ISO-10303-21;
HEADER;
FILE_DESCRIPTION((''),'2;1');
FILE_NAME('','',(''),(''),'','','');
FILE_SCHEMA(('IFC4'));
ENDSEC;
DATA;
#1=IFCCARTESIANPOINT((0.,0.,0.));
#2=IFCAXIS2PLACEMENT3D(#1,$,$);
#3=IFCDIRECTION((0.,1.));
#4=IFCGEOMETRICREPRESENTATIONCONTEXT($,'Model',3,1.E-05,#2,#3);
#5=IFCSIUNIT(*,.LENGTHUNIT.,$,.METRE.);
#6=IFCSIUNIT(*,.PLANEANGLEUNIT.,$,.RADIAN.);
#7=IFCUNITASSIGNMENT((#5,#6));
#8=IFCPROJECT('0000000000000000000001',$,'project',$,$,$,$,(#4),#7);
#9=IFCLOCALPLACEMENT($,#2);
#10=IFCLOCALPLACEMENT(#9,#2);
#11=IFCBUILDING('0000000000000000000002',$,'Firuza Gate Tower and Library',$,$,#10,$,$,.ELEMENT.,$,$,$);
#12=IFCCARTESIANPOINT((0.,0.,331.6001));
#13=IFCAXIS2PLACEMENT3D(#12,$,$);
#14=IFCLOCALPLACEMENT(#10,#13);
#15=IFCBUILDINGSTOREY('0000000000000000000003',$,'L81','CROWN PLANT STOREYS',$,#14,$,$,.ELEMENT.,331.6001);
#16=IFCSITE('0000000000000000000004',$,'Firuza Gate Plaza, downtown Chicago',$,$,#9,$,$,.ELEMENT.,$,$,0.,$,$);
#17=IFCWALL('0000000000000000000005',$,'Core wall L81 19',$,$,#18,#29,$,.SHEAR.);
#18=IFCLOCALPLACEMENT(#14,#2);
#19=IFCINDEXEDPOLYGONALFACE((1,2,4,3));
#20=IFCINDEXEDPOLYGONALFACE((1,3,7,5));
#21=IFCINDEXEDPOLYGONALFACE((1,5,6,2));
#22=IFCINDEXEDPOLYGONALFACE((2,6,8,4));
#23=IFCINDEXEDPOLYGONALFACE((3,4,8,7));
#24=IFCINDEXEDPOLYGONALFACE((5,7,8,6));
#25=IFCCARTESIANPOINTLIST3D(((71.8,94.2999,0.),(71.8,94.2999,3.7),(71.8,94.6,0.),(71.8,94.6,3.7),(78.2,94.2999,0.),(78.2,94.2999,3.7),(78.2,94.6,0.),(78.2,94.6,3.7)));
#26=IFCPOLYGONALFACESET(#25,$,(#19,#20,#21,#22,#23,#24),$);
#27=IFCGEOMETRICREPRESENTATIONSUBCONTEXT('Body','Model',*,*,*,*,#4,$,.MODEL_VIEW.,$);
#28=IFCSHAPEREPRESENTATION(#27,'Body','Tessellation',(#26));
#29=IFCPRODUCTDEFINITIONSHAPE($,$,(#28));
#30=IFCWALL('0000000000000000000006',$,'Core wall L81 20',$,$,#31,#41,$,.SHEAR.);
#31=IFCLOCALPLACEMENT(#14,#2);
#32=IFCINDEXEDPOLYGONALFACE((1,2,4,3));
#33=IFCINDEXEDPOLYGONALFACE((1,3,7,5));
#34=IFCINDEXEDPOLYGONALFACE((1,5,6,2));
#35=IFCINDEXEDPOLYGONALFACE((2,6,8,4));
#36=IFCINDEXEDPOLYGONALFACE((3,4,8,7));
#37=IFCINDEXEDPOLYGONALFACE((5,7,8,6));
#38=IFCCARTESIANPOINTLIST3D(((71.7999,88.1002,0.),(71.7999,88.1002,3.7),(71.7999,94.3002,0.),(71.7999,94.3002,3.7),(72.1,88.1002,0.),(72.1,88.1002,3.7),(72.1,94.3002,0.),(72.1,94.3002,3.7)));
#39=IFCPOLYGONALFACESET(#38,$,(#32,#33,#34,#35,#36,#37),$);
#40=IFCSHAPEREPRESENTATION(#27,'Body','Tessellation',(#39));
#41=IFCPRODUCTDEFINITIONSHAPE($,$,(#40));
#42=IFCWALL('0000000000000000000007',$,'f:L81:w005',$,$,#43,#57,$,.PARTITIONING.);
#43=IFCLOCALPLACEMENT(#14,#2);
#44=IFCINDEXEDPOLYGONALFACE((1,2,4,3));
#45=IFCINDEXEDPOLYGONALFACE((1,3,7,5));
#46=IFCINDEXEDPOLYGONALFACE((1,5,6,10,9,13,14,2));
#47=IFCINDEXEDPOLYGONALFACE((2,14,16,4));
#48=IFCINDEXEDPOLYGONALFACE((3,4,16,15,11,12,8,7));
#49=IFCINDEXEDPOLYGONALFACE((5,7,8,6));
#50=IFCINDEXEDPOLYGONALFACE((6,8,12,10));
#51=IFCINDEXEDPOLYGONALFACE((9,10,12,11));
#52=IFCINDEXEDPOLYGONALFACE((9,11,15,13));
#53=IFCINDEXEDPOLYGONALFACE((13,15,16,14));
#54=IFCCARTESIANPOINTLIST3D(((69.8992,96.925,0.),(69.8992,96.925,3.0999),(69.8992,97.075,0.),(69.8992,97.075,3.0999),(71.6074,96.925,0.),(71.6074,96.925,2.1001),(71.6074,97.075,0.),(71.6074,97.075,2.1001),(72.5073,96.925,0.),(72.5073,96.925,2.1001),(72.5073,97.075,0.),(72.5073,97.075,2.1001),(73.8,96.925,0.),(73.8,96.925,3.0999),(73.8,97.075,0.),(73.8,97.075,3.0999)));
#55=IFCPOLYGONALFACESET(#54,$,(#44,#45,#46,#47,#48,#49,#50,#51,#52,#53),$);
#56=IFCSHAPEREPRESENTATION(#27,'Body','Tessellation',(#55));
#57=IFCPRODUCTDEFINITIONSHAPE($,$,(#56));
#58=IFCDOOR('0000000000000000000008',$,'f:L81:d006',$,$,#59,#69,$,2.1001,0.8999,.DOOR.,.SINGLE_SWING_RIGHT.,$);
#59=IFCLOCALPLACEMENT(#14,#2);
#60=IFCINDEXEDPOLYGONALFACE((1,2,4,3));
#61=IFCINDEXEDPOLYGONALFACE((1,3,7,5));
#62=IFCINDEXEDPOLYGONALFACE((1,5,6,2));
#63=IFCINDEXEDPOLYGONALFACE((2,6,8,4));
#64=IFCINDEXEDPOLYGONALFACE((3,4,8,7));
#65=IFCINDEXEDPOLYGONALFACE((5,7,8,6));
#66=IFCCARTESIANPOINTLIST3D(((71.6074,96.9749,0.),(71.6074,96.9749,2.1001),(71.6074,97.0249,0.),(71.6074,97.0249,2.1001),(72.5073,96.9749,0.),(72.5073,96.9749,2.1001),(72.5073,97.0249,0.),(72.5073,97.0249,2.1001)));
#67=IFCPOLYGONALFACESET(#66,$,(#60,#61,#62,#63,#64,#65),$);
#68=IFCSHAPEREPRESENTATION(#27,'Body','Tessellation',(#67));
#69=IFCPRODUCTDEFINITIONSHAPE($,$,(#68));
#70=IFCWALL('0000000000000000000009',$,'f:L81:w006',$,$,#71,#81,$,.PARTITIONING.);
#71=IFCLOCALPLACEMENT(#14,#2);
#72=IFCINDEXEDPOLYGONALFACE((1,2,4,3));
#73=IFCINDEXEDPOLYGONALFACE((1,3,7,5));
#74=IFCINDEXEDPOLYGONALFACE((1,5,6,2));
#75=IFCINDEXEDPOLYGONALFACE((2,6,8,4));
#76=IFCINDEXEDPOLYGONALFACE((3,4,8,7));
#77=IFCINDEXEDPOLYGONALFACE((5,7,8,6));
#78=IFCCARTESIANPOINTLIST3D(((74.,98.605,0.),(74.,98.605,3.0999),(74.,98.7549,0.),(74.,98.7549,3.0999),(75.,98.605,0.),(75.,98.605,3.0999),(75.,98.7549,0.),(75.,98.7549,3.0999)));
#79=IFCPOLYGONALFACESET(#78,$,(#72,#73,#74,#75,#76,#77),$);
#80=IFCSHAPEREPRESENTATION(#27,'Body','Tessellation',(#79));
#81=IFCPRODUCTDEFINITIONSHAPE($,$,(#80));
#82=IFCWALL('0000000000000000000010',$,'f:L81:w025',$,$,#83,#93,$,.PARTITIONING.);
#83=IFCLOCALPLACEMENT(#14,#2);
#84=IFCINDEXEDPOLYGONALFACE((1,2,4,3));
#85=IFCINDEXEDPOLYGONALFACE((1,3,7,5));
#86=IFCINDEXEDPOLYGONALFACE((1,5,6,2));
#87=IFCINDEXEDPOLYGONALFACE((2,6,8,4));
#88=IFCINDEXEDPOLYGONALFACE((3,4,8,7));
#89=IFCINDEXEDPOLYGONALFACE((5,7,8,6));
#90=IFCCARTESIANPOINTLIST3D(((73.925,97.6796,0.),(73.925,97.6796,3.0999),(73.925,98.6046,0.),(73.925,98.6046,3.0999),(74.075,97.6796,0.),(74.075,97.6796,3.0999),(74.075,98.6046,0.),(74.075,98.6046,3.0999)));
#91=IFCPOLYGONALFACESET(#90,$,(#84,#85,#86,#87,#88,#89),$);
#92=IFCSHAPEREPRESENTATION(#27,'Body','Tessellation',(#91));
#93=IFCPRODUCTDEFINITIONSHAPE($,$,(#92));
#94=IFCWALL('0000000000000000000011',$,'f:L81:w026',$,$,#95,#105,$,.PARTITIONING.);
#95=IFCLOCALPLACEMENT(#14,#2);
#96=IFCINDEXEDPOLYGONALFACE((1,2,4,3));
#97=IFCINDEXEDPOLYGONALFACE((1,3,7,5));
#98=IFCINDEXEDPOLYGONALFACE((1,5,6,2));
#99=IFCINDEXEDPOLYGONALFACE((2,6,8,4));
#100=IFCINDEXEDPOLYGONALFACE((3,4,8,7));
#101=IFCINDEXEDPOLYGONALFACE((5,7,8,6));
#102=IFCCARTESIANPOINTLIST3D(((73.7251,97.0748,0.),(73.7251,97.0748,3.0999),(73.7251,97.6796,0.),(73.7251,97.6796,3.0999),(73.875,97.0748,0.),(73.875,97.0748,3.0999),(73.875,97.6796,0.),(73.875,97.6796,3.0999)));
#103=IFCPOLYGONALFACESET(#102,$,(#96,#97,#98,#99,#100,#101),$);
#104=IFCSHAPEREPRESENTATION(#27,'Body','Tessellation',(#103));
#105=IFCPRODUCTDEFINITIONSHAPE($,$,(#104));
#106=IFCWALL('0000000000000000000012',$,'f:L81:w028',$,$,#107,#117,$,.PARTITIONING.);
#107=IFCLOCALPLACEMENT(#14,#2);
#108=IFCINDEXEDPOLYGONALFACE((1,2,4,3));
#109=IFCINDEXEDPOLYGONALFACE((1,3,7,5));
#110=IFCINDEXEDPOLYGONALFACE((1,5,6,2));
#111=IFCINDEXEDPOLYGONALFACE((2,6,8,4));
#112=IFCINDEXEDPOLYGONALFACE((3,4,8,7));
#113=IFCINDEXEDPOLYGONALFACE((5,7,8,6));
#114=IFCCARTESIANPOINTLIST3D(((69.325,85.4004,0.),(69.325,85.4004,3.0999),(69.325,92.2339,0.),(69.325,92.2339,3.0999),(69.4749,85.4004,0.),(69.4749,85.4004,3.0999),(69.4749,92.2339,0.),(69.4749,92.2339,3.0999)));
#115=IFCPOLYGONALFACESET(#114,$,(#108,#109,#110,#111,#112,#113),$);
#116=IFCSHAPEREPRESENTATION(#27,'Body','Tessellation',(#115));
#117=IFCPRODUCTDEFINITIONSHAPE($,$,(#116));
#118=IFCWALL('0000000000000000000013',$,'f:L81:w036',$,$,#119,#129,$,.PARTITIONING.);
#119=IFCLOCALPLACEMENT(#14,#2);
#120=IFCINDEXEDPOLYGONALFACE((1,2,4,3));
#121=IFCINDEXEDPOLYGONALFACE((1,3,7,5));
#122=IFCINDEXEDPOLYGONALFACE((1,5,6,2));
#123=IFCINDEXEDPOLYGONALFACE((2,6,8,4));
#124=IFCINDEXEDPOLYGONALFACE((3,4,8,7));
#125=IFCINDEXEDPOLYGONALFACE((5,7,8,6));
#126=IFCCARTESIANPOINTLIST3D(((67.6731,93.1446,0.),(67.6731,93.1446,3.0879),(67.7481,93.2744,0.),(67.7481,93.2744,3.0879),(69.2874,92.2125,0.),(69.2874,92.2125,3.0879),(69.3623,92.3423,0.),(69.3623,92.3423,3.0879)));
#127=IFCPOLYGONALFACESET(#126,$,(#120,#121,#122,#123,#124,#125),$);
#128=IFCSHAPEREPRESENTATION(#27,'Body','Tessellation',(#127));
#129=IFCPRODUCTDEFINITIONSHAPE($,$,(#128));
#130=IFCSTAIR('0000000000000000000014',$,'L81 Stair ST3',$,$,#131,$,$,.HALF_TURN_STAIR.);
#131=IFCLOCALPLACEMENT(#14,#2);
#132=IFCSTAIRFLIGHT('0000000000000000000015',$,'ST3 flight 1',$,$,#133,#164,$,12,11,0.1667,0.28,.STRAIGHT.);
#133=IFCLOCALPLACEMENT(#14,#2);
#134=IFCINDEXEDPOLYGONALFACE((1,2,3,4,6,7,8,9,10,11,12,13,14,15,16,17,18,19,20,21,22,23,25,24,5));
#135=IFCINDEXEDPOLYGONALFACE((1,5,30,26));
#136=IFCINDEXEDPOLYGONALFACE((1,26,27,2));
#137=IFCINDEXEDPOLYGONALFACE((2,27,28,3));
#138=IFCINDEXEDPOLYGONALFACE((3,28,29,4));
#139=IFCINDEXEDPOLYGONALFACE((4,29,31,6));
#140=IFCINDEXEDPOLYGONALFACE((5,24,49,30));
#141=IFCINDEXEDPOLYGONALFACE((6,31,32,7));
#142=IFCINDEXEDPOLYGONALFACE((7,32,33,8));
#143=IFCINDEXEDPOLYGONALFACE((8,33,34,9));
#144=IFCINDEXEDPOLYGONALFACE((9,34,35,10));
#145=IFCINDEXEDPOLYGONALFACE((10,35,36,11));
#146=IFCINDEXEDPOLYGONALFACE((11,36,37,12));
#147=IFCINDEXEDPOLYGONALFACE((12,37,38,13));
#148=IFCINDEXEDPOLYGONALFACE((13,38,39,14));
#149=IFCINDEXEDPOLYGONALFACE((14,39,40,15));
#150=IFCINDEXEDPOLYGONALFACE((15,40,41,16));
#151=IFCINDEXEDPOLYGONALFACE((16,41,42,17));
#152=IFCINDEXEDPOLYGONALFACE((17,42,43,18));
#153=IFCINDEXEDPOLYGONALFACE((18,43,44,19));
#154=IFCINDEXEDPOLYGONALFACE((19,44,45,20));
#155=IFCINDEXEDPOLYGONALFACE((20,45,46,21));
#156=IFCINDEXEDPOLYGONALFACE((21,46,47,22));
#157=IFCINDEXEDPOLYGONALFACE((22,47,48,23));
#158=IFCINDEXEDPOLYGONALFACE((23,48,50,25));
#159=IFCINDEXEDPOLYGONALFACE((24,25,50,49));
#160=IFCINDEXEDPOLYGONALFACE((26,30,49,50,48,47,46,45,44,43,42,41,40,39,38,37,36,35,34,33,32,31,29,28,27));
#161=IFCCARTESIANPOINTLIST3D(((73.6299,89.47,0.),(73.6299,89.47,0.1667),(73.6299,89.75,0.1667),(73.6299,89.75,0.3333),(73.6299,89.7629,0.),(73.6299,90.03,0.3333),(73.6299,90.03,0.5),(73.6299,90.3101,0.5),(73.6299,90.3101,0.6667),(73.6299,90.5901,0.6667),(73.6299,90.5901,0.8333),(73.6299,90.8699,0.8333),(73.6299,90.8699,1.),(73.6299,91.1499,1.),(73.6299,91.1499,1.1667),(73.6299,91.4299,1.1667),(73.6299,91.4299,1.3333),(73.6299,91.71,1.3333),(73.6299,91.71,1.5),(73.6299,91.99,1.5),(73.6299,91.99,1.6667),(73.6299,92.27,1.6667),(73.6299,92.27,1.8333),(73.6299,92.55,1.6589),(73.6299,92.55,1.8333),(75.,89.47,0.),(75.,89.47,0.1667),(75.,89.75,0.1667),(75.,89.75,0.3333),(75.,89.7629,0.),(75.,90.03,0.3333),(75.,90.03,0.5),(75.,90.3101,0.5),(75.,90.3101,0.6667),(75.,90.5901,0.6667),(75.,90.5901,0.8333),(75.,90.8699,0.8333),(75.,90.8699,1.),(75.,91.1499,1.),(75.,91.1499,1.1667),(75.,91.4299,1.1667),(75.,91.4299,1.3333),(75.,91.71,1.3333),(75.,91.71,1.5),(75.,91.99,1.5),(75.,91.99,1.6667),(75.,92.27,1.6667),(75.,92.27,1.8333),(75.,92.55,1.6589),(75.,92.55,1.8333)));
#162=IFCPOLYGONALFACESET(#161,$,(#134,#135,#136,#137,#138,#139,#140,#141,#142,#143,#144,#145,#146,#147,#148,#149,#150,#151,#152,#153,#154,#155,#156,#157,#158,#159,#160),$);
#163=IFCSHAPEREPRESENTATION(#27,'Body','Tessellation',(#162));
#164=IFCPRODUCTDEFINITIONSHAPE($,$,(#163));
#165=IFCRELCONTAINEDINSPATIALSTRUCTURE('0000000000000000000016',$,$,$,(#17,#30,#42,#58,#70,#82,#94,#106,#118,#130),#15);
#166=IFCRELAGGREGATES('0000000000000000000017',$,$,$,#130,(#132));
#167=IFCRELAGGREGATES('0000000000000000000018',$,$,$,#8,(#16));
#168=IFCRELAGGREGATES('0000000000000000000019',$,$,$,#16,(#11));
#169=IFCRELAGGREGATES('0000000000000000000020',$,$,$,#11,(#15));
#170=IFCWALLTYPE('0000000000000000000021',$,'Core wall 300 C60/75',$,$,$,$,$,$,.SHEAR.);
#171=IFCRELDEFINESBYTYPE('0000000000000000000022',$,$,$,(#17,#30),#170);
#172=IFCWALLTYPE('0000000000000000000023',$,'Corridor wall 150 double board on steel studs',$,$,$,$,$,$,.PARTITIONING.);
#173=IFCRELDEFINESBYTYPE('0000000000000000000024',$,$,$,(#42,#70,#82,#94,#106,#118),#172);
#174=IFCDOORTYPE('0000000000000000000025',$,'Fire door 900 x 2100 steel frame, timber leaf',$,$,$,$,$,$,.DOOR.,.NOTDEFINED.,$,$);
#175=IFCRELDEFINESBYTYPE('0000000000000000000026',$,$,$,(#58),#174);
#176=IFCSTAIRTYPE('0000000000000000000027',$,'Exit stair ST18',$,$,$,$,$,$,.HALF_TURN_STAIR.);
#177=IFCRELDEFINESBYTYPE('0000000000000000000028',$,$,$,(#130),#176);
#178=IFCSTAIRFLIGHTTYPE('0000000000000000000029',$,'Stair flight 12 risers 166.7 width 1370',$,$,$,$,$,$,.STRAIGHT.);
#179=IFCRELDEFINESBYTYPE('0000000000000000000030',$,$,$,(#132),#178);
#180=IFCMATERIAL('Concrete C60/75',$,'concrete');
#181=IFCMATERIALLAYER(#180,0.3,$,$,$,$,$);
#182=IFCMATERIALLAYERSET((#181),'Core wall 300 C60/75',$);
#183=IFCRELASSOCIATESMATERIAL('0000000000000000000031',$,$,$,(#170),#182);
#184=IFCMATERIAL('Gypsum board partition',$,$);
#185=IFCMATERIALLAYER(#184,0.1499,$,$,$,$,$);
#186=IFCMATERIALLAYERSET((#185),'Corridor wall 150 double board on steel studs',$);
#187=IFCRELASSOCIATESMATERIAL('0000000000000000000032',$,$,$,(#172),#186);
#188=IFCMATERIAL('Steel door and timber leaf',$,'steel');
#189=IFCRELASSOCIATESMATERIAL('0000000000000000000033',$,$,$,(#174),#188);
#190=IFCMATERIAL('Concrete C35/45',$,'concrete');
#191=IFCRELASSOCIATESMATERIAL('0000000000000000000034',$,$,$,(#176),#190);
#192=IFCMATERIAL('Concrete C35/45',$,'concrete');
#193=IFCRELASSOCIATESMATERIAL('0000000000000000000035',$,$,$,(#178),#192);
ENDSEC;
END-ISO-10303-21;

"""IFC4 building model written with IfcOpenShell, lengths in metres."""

from ifc_helpers import new_model, si_unit, direction, frame, frame_2d, origin, place, context, subcontext, project, spatial, polyline, rectangle, outline, extrude, material, layer, layer_set, type_object, element, fill, aggregate, save


model = new_model("IFC4")

# Units and contexts
model_context = context("Model", 3, precision=1e-05, world=origin(), true_north=direction((0.0, 1.0)))
body_context = subcontext(model_context, "Body", "Model", "MODEL_VIEW")
ifc_project = project(units=[si_unit("LENGTHUNIT", "METRE"), si_unit("PLANEANGLEUNIT", "RADIAN")], contexts=[model_context])

# Site, building, storey
site_placement = place(None, origin())
site = spatial("IfcSite", under=ifc_project, at=site_placement, Name="Firuza Gate Plaza, downtown Chicago", CompositionType="ELEMENT", RefElevation=0.0)
building_placement = place(site_placement, origin())
building = spatial("IfcBuilding", under=site, at=building_placement, Name="Firuza Gate Tower and Library", CompositionType="ELEMENT")
storey_placement = place(building_placement, frame((0.0, 0.0, 331.6001)))
storey = spatial("IfcBuildingStorey", under=building, at=storey_placement, Name="L81", Description="CROWN PLANT STOREYS", CompositionType="ELEMENT", Elevation=331.6001)

# Shared definitions
placement = place(storey_placement, origin())

# Shared definitions
ifc_material_1 = material(Name="Concrete C60/75", Category="concrete")
ifc_layer_1 = layer(ifc_material_1, 0.3)
ifc_layer_set_1 = layer_set([ifc_layer_1], Name="Core wall 300 C60/75")
wall_type_1 = type_object("IfcWallType", Name="Core wall 300 C60/75", PredefinedType="SHEAR", material=ifc_layer_set_1)

# Walls
wall_1_placement = place(storey_placement, frame((71.8, 94.45, 0.0), z_axis=(0.0, 0.0, 1.0), x_axis=(1.0, 0.0, 0.0)))
element("IfcWall", 1, at=wall_1_placement, inside=storey, type_object=wall_type_1, Name="Core wall L81 19", PredefinedType="SHEAR", context=body_context, shape_type="SweptSolid", body=[
    extrude(rectangle(XDim=6.3999, YDim=0.3, at=frame_2d((3.2, 0.0))), origin(), (0.0, 0.0, 1.0), 3.7),
])
wall_2_placement = place(storey_placement, frame((71.95, 88.1001, 0.0), z_axis=(0.0, 0.0, 1.0), x_axis=(0.0, 1.0, 0.0)))
element("IfcWall", 2, at=wall_2_placement, inside=storey, type_object=wall_type_1, Name="Core wall L81 20", PredefinedType="SHEAR", context=body_context, shape_type="SweptSolid", body=[
    extrude(rectangle(XDim=6.2, YDim=0.3, at=frame_2d((3.1001, 0.0))), origin(), (0.0, 0.0, 1.0), 3.7),
])

# Wall, opening, door
ifc_material_2 = material(Name="Gypsum board partition")
ifc_layer_2 = layer(ifc_material_2, 0.1499)
ifc_layer_set_2 = layer_set([ifc_layer_2], Name="Corridor wall 150 double board on steel studs")
wall_type_2 = type_object("IfcWallType", Name="Corridor wall 150 double board on steel studs", PredefinedType="PARTITIONING", material=ifc_layer_set_2)
wall_3_placement = place(storey_placement, frame((69.8992, 97.0, 0.0), z_axis=(0.0, 0.0, 1.0), x_axis=(1.0, 0.0, 0.0)))
wall_3 = element("IfcWall", 3, at=wall_3_placement, inside=storey, type_object=wall_type_2, Name="f:L81:w005", PredefinedType="PARTITIONING", context=body_context, shape_type="SweptSolid", body=[
    extrude(rectangle(XDim=3.9009, YDim=0.1499, at=frame_2d((1.9504, 0.0))), origin(), (0.0, 0.0, 1.0), 3.0999),
])
opening_1_placement = place(wall_3_placement, frame((1.7083, 0.0, 0.0)))
opening_1 = element("IfcOpeningElement", 4, at=opening_1_placement, cuts=wall_3, PredefinedType="OPENING", context=body_context, shape_type="SweptSolid", body=[
    extrude(rectangle(XDim=0.8999, YDim=2.1001, at=frame_2d((0.45, 1.05))), frame((0.0, 0.085, 0.0), z_axis=(0.0, -1.0, 0.0), x_axis=(1.0, 0.0, 0.0)), (0.0, 0.0, 1.0), 0.1699),
])
ifc_material_3 = material(Name="Steel door and timber leaf", Category="steel")
door_type_1 = type_object("IfcDoorType", Name="Fire door 900 x 2100 steel frame, timber leaf", OperationType="NOTDEFINED", PredefinedType="DOOR", material=ifc_material_3)
door_1_placement = place(opening_1_placement, origin())
door_1 = element("IfcDoor", 5, at=door_1_placement, inside=storey, type_object=door_type_1, Name="f:L81:d006", OperationType="SINGLE_SWING_RIGHT", OverallHeight=2.1001, OverallWidth=0.8999, PredefinedType="DOOR", context=body_context, shape_type="SweptSolid", body=[
    extrude(rectangle(XDim=0.8999, YDim=2.1001, at=frame_2d((0.45, 1.05))), frame((0.0, 0.0249, 0.0), z_axis=(0.0, -1.0, 0.0), x_axis=(1.0, 0.0, 0.0)), (0.0, 0.0, 1.0), 0.05),
])
fill(opening_1, door_1)

# Walls
wall_4_placement = place(storey_placement, frame((74.0, 98.6799, 0.0), z_axis=(0.0, 0.0, 1.0), x_axis=(1.0, 0.0, 0.0)))
element("IfcWall", 6, at=wall_4_placement, inside=storey, type_object=wall_type_2, Name="f:L81:w006", PredefinedType="PARTITIONING", context=body_context, shape_type="SweptSolid", body=[
    extrude(rectangle(XDim=1.0, YDim=0.1499, at=frame_2d((0.5, 0.0))), origin(), (0.0, 0.0, 1.0), 3.0999),
])
wall_5_placement = place(storey_placement, frame((74.0, 97.6797, 0.0), z_axis=(0.0, 0.0, 1.0), x_axis=(0.0, 1.0, 0.0)))
element("IfcWall", 7, at=wall_5_placement, inside=storey, type_object=wall_type_2, Name="f:L81:w025", PredefinedType="PARTITIONING", context=body_context, shape_type="SweptSolid", body=[
    extrude(rectangle(XDim=0.925, YDim=0.1499, at=frame_2d((0.4624, 0.0))), origin(), (0.0, 0.0, 1.0), 3.0999),
])
wall_6_placement = place(storey_placement, frame((73.8, 97.075, 0.0), z_axis=(0.0, 0.0, 1.0), x_axis=(0.0, 1.0, 0.0)))
element("IfcWall", 8, at=wall_6_placement, inside=storey, type_object=wall_type_2, Name="f:L81:w026", PredefinedType="PARTITIONING", context=body_context, shape_type="SweptSolid", body=[
    extrude(rectangle(XDim=0.6047, YDim=0.1499, at=frame_2d((0.3022, 0.0))), origin(), (0.0, 0.0, 1.0), 3.0999),
])
wall_7_placement = place(storey_placement, frame((69.3999, 85.4004, 0.0), z_axis=(0.0, 0.0, 1.0), x_axis=(0.0, 1.0, 0.0)))
element("IfcWall", 9, at=wall_7_placement, inside=storey, type_object=wall_type_2, Name="f:L81:w028", PredefinedType="PARTITIONING", context=body_context, shape_type="SweptSolid", body=[
    extrude(rectangle(XDim=6.8335, YDim=0.1499, at=frame_2d((3.4167, 0.0))), origin(), (0.0, 0.0, 1.0), 3.0999),
])
wall_8_placement = place(storey_placement, frame((69.325, 92.2773, 0.0), z_axis=(0.0, 0.0, 1.0), x_axis=(-0.865994, 0.500055, 0.0)))
element("IfcWall", 10, at=wall_8_placement, inside=storey, type_object=wall_type_2, Name="f:L81:w036", PredefinedType="PARTITIONING", context=body_context, shape_type="SweptSolid", body=[
    extrude(rectangle(XDim=1.864, YDim=0.1499, at=frame_2d((0.9321, 0.0))), origin(), (0.0, 0.0, 1.0), 3.0879),
])

# Stair, stair flight
ifc_material_4 = material(Name="Concrete C35/45", Category="concrete")
stair_type = type_object("IfcStairType", Name="Exit stair ST18", PredefinedType="HALF_TURN_STAIR", material=ifc_material_4)
stair = element("IfcStair", 11, at=placement, inside=storey, type_object=stair_type, Name="L81 Stair ST3", PredefinedType="HALF_TURN_STAIR")
ifc_material_5 = material(Name="Concrete C35/45", Category="concrete")
stair_flight_type = type_object("IfcStairFlightType", Name="Stair flight 12 risers 166.7 width 1370", PredefinedType="STRAIGHT", material=ifc_material_5)
stair_flight_1_placement = place(storey_placement, frame((74.3149, 89.47, 0.0), z_axis=(0.0, 0.0, 1.0), x_axis=(0.0, 1.0, 0.0)))
stair_flight_1 = element("IfcStairFlight", 12, at=stair_flight_1_placement, type_object=stair_flight_type, Name="ST3 flight 1", NumberOfRisers=12, NumberOfTreads=11, PredefinedType="STRAIGHT", RiserHeight=0.1667, TreadLength=0.28, context=body_context, shape_type="SweptSolid", body=[
    extrude(outline(polyline([(0.0, 0.0), (0.0, 0.1667), (0.28, 0.1667), (0.28, 0.3333), (0.5601, 0.3333), (0.5601, 0.5), (0.8401, 0.5), (0.8401, 0.6667), (1.1201, 0.6667), (1.1201, 0.8333), (1.3999, 0.8333), (1.3999, 1.0), (1.6799, 1.0), (1.6799, 1.1667), (1.96, 1.1667), (1.96, 1.3333), (2.24, 1.3333), (2.24, 1.5), (2.52, 1.5), (2.52, 1.6667), (2.8, 1.6667), (2.8, 1.8333), (3.0801, 1.8333), (3.0801, 2.0), (3.0801, 1.6589), (0.293, 0.0), (0.0, 0.0)])), frame((0.0, 0.6851, 0.0), z_axis=(0.0, -1.0, 0.0), x_axis=(1.0, 0.0, 0.0)), (0.0, 0.0, 1.0), 1.3701),
])
aggregate(stair, [stair_flight_1])

save(model, "model.ifc")
